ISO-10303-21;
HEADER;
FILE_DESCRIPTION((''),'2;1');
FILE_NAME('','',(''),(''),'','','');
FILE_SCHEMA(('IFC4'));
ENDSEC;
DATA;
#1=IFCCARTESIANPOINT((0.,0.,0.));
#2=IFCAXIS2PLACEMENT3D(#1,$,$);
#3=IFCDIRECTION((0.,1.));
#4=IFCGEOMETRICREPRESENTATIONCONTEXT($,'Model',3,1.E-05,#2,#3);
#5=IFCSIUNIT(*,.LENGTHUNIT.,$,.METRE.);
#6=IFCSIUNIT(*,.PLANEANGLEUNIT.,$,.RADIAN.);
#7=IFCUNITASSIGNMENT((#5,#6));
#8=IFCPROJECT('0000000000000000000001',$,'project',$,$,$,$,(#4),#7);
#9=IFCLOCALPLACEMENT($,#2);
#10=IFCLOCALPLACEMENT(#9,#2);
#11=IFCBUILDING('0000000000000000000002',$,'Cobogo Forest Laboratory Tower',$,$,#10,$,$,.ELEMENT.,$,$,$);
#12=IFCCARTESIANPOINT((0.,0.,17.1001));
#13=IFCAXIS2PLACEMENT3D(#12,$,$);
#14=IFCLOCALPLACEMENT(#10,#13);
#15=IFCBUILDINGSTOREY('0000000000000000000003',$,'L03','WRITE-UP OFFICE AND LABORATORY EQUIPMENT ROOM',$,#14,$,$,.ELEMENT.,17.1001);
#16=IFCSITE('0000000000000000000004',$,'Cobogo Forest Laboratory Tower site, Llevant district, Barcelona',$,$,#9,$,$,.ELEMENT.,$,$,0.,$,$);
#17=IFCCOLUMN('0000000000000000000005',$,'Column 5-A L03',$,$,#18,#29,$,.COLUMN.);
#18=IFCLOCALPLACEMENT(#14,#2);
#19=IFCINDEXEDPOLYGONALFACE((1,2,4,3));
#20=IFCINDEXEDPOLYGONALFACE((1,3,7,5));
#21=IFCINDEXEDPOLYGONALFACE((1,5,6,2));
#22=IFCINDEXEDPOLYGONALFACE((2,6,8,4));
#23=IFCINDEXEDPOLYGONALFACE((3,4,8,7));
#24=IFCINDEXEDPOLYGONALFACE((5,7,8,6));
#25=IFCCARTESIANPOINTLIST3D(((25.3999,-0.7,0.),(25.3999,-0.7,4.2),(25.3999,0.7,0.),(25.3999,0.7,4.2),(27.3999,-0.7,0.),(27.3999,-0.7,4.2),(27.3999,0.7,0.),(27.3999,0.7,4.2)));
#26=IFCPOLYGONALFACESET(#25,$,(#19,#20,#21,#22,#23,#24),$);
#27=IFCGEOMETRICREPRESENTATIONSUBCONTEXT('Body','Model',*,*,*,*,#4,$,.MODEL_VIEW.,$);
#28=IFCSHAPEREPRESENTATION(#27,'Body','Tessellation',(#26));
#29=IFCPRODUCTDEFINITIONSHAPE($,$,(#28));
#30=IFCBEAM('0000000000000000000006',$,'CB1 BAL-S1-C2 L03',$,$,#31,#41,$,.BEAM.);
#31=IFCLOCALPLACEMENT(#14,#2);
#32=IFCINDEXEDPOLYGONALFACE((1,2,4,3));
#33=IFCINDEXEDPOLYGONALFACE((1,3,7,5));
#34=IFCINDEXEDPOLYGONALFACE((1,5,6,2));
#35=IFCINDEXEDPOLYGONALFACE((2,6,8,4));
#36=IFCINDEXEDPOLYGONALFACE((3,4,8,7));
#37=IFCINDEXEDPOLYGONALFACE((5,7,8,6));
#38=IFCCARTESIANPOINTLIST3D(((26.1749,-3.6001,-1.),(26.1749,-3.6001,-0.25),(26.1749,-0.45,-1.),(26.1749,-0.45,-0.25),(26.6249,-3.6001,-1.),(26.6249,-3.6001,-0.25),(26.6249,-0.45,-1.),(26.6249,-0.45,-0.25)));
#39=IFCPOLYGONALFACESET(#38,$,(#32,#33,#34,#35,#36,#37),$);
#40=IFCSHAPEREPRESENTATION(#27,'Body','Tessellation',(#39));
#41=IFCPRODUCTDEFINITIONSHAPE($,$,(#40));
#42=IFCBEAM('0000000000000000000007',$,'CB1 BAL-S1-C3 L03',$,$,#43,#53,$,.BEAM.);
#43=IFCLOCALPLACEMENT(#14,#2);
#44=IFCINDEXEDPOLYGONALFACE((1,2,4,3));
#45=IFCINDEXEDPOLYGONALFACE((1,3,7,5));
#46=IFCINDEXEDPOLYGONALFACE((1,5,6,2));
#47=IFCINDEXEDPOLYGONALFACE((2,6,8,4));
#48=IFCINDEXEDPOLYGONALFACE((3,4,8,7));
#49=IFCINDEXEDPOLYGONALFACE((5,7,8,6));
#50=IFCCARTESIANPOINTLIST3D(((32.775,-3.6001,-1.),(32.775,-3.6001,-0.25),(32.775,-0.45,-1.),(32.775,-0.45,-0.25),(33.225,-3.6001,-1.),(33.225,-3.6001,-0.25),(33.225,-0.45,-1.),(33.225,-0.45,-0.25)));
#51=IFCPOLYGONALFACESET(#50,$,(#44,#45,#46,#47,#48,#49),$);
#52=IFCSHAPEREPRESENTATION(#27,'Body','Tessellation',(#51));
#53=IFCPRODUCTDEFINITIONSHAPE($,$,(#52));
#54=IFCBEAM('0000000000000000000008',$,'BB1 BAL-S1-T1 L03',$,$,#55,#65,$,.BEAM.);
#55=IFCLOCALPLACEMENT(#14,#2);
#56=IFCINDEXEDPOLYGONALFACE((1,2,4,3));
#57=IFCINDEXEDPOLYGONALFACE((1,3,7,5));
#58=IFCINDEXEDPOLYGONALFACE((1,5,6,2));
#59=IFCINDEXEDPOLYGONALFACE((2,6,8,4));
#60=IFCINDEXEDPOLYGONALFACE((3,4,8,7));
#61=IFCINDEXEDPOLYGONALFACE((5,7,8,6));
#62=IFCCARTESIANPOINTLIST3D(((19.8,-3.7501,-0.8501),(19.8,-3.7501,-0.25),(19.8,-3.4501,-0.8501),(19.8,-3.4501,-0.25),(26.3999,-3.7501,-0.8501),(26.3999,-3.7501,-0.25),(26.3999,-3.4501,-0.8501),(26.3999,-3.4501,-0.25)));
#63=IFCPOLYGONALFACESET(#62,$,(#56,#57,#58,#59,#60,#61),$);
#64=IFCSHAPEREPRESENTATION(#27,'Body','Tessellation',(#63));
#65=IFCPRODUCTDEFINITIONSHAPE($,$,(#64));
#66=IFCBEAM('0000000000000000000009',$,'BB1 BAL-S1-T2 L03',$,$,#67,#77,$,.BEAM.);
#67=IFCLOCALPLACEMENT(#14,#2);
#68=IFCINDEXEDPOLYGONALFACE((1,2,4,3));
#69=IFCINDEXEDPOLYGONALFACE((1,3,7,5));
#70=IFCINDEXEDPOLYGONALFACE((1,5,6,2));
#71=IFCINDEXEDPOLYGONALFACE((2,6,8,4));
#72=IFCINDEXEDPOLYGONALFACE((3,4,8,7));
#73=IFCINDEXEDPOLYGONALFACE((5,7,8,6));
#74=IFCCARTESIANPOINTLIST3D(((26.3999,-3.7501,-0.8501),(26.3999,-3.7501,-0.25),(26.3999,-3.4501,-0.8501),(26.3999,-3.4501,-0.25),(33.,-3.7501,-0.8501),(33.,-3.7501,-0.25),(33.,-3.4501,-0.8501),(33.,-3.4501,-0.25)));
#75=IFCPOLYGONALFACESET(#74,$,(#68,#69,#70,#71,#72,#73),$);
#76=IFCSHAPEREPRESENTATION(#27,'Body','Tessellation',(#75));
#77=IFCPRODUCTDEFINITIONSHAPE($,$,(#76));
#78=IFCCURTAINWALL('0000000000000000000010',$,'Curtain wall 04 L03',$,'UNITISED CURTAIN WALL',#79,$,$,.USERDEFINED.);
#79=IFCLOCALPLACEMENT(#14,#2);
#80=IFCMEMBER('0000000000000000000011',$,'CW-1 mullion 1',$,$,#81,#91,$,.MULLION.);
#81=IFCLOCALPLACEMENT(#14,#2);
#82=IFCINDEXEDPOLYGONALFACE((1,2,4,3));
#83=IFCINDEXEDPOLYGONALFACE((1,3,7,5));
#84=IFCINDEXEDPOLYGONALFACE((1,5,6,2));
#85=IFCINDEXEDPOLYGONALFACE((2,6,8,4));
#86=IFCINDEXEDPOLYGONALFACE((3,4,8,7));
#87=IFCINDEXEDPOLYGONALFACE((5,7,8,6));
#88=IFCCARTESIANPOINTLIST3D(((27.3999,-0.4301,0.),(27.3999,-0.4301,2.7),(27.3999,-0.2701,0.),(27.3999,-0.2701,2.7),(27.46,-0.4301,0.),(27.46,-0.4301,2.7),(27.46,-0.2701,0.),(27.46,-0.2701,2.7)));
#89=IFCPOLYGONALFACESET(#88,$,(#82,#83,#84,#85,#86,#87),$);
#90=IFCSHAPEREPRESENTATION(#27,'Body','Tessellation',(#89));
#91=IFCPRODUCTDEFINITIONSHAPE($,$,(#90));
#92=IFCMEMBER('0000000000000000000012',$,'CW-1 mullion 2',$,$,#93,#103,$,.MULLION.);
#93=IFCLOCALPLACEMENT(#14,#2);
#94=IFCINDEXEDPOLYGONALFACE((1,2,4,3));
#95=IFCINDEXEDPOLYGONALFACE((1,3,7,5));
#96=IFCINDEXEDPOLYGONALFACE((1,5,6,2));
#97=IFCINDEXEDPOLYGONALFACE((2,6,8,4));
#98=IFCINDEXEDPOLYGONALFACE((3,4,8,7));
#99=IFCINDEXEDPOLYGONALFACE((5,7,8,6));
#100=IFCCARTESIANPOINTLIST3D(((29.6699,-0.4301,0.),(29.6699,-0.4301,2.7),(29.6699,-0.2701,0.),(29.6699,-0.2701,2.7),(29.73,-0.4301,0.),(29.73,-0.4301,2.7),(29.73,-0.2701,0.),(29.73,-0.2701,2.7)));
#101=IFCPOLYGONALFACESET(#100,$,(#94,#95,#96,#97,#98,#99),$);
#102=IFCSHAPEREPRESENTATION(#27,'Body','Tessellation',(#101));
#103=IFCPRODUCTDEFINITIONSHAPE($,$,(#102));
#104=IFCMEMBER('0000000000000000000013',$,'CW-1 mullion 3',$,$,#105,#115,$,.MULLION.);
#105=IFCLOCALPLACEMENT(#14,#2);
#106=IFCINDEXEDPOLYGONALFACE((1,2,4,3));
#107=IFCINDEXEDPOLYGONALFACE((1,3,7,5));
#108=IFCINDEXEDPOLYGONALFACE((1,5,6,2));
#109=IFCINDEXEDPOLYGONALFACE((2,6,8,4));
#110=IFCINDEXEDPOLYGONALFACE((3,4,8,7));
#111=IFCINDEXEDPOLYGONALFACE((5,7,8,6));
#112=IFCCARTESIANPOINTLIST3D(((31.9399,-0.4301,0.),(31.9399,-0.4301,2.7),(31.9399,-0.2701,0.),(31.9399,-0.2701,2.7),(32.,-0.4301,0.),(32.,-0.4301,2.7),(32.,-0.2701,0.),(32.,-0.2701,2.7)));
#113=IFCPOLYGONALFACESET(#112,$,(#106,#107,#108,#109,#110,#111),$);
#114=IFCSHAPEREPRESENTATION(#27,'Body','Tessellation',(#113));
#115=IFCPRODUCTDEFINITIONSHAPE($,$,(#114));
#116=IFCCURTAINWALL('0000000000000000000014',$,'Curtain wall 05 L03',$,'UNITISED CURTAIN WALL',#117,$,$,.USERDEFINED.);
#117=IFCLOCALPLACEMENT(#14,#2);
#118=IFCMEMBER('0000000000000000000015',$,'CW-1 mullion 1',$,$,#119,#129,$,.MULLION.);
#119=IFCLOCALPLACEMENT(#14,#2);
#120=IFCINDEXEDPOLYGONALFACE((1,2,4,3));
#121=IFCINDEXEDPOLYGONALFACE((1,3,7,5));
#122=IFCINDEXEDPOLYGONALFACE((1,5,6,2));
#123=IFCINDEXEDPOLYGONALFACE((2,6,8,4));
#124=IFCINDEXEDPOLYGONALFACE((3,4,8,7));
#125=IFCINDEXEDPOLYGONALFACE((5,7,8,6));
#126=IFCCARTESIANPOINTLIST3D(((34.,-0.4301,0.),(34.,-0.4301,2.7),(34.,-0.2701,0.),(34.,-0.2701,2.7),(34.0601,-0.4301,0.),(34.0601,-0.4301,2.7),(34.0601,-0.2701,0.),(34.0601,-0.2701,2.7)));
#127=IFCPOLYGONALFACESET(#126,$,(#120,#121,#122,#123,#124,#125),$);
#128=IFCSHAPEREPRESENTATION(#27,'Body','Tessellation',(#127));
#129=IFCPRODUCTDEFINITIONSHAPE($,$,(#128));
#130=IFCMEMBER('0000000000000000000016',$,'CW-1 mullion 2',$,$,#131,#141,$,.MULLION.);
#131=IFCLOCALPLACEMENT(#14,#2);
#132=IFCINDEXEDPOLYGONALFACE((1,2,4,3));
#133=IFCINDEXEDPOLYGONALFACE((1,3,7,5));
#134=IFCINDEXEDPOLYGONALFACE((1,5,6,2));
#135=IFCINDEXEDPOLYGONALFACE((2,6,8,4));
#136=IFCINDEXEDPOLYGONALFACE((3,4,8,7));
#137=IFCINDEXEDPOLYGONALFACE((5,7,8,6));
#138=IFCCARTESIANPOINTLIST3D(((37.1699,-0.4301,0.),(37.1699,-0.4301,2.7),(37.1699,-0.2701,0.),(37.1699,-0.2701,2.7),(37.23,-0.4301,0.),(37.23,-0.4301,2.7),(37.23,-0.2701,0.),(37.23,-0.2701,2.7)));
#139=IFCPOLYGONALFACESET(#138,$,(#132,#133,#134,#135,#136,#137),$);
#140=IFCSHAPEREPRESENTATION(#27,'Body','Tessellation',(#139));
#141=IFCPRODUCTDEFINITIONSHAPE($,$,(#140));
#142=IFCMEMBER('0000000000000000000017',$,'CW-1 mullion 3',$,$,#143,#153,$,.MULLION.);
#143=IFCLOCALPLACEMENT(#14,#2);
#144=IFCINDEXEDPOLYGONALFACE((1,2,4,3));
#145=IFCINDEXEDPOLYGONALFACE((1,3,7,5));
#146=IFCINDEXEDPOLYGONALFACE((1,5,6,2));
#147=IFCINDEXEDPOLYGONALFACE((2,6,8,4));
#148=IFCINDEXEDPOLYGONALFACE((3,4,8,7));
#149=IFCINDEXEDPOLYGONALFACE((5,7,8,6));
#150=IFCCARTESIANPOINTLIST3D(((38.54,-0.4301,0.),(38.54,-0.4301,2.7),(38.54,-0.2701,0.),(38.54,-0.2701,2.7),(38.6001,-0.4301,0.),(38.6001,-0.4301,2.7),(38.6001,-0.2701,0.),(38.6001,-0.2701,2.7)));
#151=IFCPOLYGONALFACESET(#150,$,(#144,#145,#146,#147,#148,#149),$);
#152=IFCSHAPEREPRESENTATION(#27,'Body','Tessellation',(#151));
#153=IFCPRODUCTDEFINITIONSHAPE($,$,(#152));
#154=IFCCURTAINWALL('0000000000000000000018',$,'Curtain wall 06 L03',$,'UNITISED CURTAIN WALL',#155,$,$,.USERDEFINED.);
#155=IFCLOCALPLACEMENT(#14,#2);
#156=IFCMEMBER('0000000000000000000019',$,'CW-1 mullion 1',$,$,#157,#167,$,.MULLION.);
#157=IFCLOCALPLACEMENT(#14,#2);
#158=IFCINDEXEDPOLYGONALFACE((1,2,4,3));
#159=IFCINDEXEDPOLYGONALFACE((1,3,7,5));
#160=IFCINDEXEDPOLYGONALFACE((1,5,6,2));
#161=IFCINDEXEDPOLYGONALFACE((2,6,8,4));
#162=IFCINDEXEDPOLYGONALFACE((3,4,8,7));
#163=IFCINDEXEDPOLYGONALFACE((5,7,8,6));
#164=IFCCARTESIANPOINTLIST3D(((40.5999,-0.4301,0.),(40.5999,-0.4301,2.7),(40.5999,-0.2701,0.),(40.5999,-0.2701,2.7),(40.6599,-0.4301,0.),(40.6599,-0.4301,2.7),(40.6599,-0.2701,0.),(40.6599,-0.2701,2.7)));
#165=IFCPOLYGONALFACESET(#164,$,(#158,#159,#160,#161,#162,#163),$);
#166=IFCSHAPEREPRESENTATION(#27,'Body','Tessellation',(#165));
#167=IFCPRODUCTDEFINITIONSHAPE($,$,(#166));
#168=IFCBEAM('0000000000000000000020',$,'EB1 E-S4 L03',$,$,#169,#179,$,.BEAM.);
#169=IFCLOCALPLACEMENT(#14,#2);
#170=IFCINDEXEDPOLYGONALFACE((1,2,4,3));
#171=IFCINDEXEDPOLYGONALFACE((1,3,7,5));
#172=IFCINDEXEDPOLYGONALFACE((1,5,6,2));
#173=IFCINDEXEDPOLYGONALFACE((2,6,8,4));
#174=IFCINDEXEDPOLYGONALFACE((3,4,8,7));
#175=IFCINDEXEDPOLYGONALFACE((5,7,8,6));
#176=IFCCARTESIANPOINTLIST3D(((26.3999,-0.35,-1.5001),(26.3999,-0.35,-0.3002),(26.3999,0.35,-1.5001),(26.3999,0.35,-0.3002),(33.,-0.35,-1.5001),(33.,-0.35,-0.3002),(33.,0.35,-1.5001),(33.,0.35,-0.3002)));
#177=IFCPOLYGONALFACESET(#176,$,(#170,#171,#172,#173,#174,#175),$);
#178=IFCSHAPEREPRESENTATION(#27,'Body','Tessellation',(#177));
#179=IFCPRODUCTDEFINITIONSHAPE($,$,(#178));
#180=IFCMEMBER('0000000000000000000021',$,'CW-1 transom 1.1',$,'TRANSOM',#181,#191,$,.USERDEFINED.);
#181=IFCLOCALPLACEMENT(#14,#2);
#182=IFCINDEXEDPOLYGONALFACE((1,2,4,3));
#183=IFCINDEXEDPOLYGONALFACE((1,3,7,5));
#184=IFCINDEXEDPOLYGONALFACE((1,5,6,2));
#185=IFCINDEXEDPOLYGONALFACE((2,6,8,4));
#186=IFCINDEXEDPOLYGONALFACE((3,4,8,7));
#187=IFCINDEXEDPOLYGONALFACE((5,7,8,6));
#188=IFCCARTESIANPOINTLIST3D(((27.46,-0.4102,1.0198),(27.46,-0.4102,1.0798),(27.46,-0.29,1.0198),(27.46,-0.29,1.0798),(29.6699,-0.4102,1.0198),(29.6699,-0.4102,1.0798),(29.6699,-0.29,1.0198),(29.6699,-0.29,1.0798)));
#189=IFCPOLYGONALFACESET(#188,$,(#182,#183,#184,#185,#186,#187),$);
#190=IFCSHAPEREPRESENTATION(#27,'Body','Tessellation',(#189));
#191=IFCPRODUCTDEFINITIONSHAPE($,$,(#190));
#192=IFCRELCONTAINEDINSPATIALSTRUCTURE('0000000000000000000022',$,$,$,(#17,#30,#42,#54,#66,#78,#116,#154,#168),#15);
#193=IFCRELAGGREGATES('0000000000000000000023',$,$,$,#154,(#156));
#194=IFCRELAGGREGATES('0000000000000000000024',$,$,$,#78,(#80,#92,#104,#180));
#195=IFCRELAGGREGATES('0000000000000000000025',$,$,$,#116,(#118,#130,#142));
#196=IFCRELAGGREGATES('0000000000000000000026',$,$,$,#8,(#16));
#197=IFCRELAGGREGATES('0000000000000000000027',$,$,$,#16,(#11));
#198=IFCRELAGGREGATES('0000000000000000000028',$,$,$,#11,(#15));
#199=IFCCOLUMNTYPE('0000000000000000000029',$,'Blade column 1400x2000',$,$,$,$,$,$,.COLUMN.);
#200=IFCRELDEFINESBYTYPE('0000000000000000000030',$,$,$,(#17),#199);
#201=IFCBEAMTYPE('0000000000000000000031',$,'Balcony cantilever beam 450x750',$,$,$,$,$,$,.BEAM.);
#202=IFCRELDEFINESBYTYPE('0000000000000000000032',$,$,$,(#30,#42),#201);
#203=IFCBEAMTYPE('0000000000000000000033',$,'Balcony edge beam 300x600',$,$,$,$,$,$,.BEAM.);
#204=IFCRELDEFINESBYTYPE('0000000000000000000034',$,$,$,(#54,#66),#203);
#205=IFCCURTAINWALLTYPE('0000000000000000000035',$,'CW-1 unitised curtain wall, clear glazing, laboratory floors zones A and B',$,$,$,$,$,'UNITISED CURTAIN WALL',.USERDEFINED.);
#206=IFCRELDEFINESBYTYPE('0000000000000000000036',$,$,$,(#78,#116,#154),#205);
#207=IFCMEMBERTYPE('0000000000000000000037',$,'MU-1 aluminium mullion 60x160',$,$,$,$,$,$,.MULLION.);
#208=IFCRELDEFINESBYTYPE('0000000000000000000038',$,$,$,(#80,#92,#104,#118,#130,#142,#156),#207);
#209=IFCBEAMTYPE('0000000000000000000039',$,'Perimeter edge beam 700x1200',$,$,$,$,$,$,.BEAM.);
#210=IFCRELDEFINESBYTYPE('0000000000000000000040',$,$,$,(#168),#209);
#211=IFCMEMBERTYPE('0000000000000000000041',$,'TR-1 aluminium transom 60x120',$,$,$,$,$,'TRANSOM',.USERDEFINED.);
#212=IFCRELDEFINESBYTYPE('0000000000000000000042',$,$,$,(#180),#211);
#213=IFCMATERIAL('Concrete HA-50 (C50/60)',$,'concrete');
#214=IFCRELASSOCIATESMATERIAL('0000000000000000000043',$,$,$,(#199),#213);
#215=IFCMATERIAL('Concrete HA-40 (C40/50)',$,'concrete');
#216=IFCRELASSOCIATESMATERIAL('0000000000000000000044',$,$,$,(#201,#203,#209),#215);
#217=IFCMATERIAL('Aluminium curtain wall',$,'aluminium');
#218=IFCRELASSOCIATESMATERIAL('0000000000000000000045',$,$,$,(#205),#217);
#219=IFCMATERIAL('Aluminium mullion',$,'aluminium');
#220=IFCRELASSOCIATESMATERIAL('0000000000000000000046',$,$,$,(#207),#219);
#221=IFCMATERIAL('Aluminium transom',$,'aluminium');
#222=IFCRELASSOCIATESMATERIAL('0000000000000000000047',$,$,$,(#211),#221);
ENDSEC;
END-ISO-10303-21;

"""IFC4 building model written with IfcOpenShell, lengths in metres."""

from ifc_helpers import new_model, si_unit, direction, frame, origin, origin_2d, place, context, subcontext, project, spatial, rectangle, extrude, material, material_profile, profile_set, type_object, element, aggregate, save


model = new_model("IFC4")

# Units and contexts
model_context = context("Model", 3, precision=1e-05, world=origin(), true_north=direction((0.0, 1.0)))
body_context = subcontext(model_context, "Body", "Model", "MODEL_VIEW")
ifc_project = project(units=[si_unit("LENGTHUNIT", "METRE"), si_unit("PLANEANGLEUNIT", "RADIAN")], contexts=[model_context])

# Site, building, storey
site_placement = place(None, origin())
site = spatial("IfcSite", under=ifc_project, at=site_placement, Name="Cobogo Forest Laboratory Tower site, Llevant district, Barcelona", CompositionType="ELEMENT", RefElevation=0.0)
building_placement = place(site_placement, origin())
building = spatial("IfcBuilding", under=site, at=building_placement, Name="Cobogo Forest Laboratory Tower", CompositionType="ELEMENT")
storey_placement = place(building_placement, frame((0.0, 0.0, 17.1001)))
storey = spatial("IfcBuildingStorey", under=building, at=storey_placement, Name="L03", Description="WRITE-UP OFFICE AND LABORATORY EQUIPMENT ROOM", CompositionType="ELEMENT", Elevation=17.1001)

# Column
ifc_material_1 = material(Name="Concrete HA-50 (C50/60)", Category="concrete")
ifc_material_profile_1 = material_profile(ifc_material_1, rectangle(XDim=2.0, YDim=1.3999, at=origin_2d()), Name="RC 1400x2000")
ifc_profile_set_1 = profile_set([ifc_material_profile_1], Name="Concrete HA-50 (C50/60)")
column_type = type_object("IfcColumnType", Name="Blade column 1400x2000", PredefinedType="COLUMN", material=ifc_profile_set_1)
column_placement = place(storey_placement, frame((26.3999, 0.0, 0.0), z_axis=(0.0, 0.0, 1.0), x_axis=(1.0, 0.0, 0.0)))
element("IfcColumn", 1, at=column_placement, inside=storey, type_object=column_type, Name="Column 5-A L03", PredefinedType="COLUMN", context=body_context, shape_type="SweptSolid", body=[
    extrude(rectangle(XDim=2.0, YDim=1.3999, at=origin_2d()), origin(), (0.0, 0.0, 1.0), 4.2),
])

# Beams
ifc_material_2 = material(Name="Concrete HA-40 (C40/50)", Category="concrete")
ifc_material_profile_2 = material_profile(ifc_material_2, rectangle(XDim=0.45, YDim=0.75, at=origin_2d()), Name="RC 450x750")
ifc_profile_set_2 = profile_set([ifc_material_profile_2], Name="Concrete HA-40 (C40/50)")
beam_type_1 = type_object("IfcBeamType", Name="Balcony cantilever beam 450x750", PredefinedType="BEAM", material=ifc_profile_set_2)
for number, where, z_axis, x_axis, name in (
    (2, (26.3999, -0.45, -0.625), (0.0, -1.0, 0.0), (1.0, 0.0, 0.0), "CB1 BAL-S1-C2 L03"),
    (3, (33.0, -0.45, -0.625), (0.0, -1.0, 0.0), (1.0, 0.0, 0.0), "CB1 BAL-S1-C3 L03"),
):
    element("IfcBeam", number, at=place(storey_placement, frame(where, z_axis=z_axis, x_axis=x_axis)), inside=storey, type_object=beam_type_1, Name=name, PredefinedType="BEAM", context=body_context, shape_type="SweptSolid", body=[
        extrude(rectangle(XDim=0.45, YDim=0.75, at=origin_2d()), origin(), (0.0, 0.0, 1.0), 3.1501),
    ])
ifc_material_profile_3 = material_profile(ifc_material_2, rectangle(XDim=0.3, YDim=0.6001, at=origin_2d()), Name="RC 300x600")
ifc_profile_set_3 = profile_set([ifc_material_profile_3], Name="Concrete HA-40 (C40/50)")
beam_type_2 = type_object("IfcBeamType", Name="Balcony edge beam 300x600", PredefinedType="BEAM", material=ifc_profile_set_3)
beam_1_placement = place(storey_placement, frame((19.8, -3.6001, -0.55), z_axis=(1.0, 0.0, 0.0), x_axis=(0.0, 1.0, 0.0)))
element("IfcBeam", 4, at=beam_1_placement, inside=storey, type_object=beam_type_2, Name="BB1 BAL-S1-T1 L03", PredefinedType="BEAM", context=body_context, shape_type="SweptSolid", body=[
    extrude(rectangle(XDim=0.3, YDim=0.6001, at=origin_2d()), origin(), (0.0, 0.0, 1.0), 6.5999),
])
beam_2_placement = place(storey_placement, frame((26.3999, -3.6001, -0.55), z_axis=(1.0, 0.0, 0.0), x_axis=(0.0, 1.0, 0.0)))
element("IfcBeam", 5, at=beam_2_placement, inside=storey, type_object=beam_type_2, Name="BB1 BAL-S1-T2 L03", PredefinedType="BEAM", context=body_context, shape_type="SweptSolid", body=[
    extrude(rectangle(XDim=0.3, YDim=0.6001, at=origin_2d()), origin(), (0.0, 0.0, 1.0), 6.6001),
])

# Curtain walls, members
ifc_material_3 = material(Name="Aluminium curtain wall", Category="aluminium")
curtain_wall_type = type_object("IfcCurtainWallType", Name="CW-1 unitised curtain wall, clear glazing, laboratory floors zones A and B", ElementType="UNITISED CURTAIN WALL", PredefinedType="USERDEFINED", material=ifc_material_3)
curtain_wall_1_placement = place(storey_placement, origin())
curtain_wall_1 = element("IfcCurtainWall", 6, at=curtain_wall_1_placement, inside=storey, type_object=curtain_wall_type, Name="Curtain wall 04 L03", ObjectType="UNITISED CURTAIN WALL", PredefinedType="USERDEFINED")
ifc_material_4 = material(Name="Aluminium mullion", Category="aluminium")
ifc_material_profile_4 = material_profile(ifc_material_4, rectangle(XDim=0.0601, YDim=0.1599, at=origin_2d()), Name="AL 60x160")
ifc_profile_set_4 = profile_set([ifc_material_profile_4], Name="Aluminium mullion")
member_type_1 = type_object("IfcMemberType", Name="MU-1 aluminium mullion 60x160", PredefinedType="MULLION", material=ifc_profile_set_4)
member_1_placement = place(storey_placement, frame((27.4299, -0.3501, 0.0), z_axis=(0.0, 0.0, 1.0), x_axis=(1.0, 0.0, 0.0)))
member_1 = element("IfcMember", 7, at=member_1_placement, type_object=member_type_1, Name="CW-1 mullion 1", PredefinedType="MULLION", context=body_context, shape_type="SweptSolid", body=[
    extrude(rectangle(XDim=0.0601, YDim=0.1599, at=origin_2d()), origin(), (0.0, 0.0, 1.0), 2.7),
])
member_2_placement = place(storey_placement, frame((29.7, -0.3501, 0.0), z_axis=(0.0, 0.0, 1.0), x_axis=(1.0, 0.0, 0.0)))
member_2 = element("IfcMember", 8, at=member_2_placement, type_object=member_type_1, Name="CW-1 mullion 2", PredefinedType="MULLION", context=body_context, shape_type="SweptSolid", body=[
    extrude(rectangle(XDim=0.0601, YDim=0.1599, at=origin_2d()), origin(), (0.0, 0.0, 1.0), 2.7),
])
member_3_placement = place(storey_placement, frame((31.97, -0.3501, 0.0), z_axis=(0.0, 0.0, 1.0), x_axis=(1.0, 0.0, 0.0)))
member_3 = element("IfcMember", 9, at=member_3_placement, type_object=member_type_1, Name="CW-1 mullion 3", PredefinedType="MULLION", context=body_context, shape_type="SweptSolid", body=[
    extrude(rectangle(XDim=0.0601, YDim=0.1599, at=origin_2d()), origin(), (0.0, 0.0, 1.0), 2.7),
])
curtain_wall_2_placement = place(storey_placement, origin())
curtain_wall_2 = element("IfcCurtainWall", 10, at=curtain_wall_2_placement, inside=storey, type_object=curtain_wall_type, Name="Curtain wall 05 L03", ObjectType="UNITISED CURTAIN WALL", PredefinedType="USERDEFINED")
member_4_placement = place(storey_placement, frame((34.03, -0.3501, 0.0), z_axis=(0.0, 0.0, 1.0), x_axis=(1.0, 0.0, 0.0)))
member_4 = element("IfcMember", 11, at=member_4_placement, type_object=member_type_1, Name="CW-1 mullion 1", PredefinedType="MULLION", context=body_context, shape_type="SweptSolid", body=[
    extrude(rectangle(XDim=0.0601, YDim=0.1599, at=origin_2d()), origin(), (0.0, 0.0, 1.0), 2.7),
])
member_5_placement = place(storey_placement, frame((37.2, -0.3501, 0.0), z_axis=(0.0, 0.0, 1.0), x_axis=(1.0, 0.0, 0.0)))
member_5 = element("IfcMember", 12, at=member_5_placement, type_object=member_type_1, Name="CW-1 mullion 2", PredefinedType="MULLION", context=body_context, shape_type="SweptSolid", body=[
    extrude(rectangle(XDim=0.0601, YDim=0.1599, at=origin_2d()), origin(), (0.0, 0.0, 1.0), 2.7),
])
member_6_placement = place(storey_placement, frame((38.5701, -0.3501, 0.0), z_axis=(0.0, 0.0, 1.0), x_axis=(1.0, 0.0, 0.0)))
member_6 = element("IfcMember", 13, at=member_6_placement, type_object=member_type_1, Name="CW-1 mullion 3", PredefinedType="MULLION", context=body_context, shape_type="SweptSolid", body=[
    extrude(rectangle(XDim=0.0601, YDim=0.1599, at=origin_2d()), origin(), (0.0, 0.0, 1.0), 2.7),
])

# Curtain wall, member
curtain_wall_3_placement = place(storey_placement, origin())
curtain_wall_3 = element("IfcCurtainWall", 14, at=curtain_wall_3_placement, inside=storey, type_object=curtain_wall_type, Name="Curtain wall 06 L03", ObjectType="UNITISED CURTAIN WALL", PredefinedType="USERDEFINED")
member_7_placement = place(storey_placement, frame((40.6299, -0.3501, 0.0), z_axis=(0.0, 0.0, 1.0), x_axis=(1.0, 0.0, 0.0)))
member_7 = element("IfcMember", 15, at=member_7_placement, type_object=member_type_1, Name="CW-1 mullion 1", PredefinedType="MULLION", context=body_context, shape_type="SweptSolid", body=[
    extrude(rectangle(XDim=0.0601, YDim=0.1599, at=origin_2d()), origin(), (0.0, 0.0, 1.0), 2.7),
])

# Beam
ifc_material_profile_5 = material_profile(ifc_material_2, rectangle(XDim=0.7, YDim=1.2, at=origin_2d()), Name="RC 700x1200")
ifc_profile_set_5 = profile_set([ifc_material_profile_5], Name="Concrete HA-40 (C40/50)")
beam_type_3 = type_object("IfcBeamType", Name="Perimeter edge beam 700x1200", PredefinedType="BEAM", material=ifc_profile_set_5)
beam_3_placement = place(storey_placement, frame((26.3999, 0.0, -0.9001), z_axis=(1.0, 0.0, 0.0), x_axis=(0.0, 1.0, 0.0)))
element("IfcBeam", 16, at=beam_3_placement, inside=storey, type_object=beam_type_3, Name="EB1 E-S4 L03", PredefinedType="BEAM", context=body_context, shape_type="SweptSolid", body=[
    extrude(rectangle(XDim=0.7, YDim=1.2, at=origin_2d()), origin(), (0.0, 0.0, 1.0), 6.6001),
])

# Member
ifc_material_5 = material(Name="Aluminium transom", Category="aluminium")
ifc_material_profile_6 = material_profile(ifc_material_5, rectangle(XDim=0.1201, YDim=0.0601, at=origin_2d()), Name="AL 60x120")
ifc_profile_set_6 = profile_set([ifc_material_profile_6], Name="Aluminium transom")
member_type_2 = type_object("IfcMemberType", Name="TR-1 aluminium transom 60x120", ElementType="TRANSOM", PredefinedType="USERDEFINED", material=ifc_profile_set_6)
member_8_placement = place(storey_placement, frame((27.46, -0.3501, 1.0498), z_axis=(1.0, 0.0, 0.0), x_axis=(0.0, 1.0, 0.0)))
member_8 = element("IfcMember", 17, at=member_8_placement, type_object=member_type_2, Name="CW-1 transom 1.1", ObjectType="TRANSOM", PredefinedType="USERDEFINED", context=body_context, shape_type="SweptSolid", body=[
    extrude(rectangle(XDim=0.1201, YDim=0.0601, at=origin_2d()), origin(), (0.0, 0.0, 1.0), 2.21),
])
aggregate(curtain_wall_3, [member_7])

aggregate(curtain_wall_1, [member_1, member_2, member_3, member_8])
aggregate(curtain_wall_2, [member_4, member_5, member_6])

save(model, "model.ifc")
